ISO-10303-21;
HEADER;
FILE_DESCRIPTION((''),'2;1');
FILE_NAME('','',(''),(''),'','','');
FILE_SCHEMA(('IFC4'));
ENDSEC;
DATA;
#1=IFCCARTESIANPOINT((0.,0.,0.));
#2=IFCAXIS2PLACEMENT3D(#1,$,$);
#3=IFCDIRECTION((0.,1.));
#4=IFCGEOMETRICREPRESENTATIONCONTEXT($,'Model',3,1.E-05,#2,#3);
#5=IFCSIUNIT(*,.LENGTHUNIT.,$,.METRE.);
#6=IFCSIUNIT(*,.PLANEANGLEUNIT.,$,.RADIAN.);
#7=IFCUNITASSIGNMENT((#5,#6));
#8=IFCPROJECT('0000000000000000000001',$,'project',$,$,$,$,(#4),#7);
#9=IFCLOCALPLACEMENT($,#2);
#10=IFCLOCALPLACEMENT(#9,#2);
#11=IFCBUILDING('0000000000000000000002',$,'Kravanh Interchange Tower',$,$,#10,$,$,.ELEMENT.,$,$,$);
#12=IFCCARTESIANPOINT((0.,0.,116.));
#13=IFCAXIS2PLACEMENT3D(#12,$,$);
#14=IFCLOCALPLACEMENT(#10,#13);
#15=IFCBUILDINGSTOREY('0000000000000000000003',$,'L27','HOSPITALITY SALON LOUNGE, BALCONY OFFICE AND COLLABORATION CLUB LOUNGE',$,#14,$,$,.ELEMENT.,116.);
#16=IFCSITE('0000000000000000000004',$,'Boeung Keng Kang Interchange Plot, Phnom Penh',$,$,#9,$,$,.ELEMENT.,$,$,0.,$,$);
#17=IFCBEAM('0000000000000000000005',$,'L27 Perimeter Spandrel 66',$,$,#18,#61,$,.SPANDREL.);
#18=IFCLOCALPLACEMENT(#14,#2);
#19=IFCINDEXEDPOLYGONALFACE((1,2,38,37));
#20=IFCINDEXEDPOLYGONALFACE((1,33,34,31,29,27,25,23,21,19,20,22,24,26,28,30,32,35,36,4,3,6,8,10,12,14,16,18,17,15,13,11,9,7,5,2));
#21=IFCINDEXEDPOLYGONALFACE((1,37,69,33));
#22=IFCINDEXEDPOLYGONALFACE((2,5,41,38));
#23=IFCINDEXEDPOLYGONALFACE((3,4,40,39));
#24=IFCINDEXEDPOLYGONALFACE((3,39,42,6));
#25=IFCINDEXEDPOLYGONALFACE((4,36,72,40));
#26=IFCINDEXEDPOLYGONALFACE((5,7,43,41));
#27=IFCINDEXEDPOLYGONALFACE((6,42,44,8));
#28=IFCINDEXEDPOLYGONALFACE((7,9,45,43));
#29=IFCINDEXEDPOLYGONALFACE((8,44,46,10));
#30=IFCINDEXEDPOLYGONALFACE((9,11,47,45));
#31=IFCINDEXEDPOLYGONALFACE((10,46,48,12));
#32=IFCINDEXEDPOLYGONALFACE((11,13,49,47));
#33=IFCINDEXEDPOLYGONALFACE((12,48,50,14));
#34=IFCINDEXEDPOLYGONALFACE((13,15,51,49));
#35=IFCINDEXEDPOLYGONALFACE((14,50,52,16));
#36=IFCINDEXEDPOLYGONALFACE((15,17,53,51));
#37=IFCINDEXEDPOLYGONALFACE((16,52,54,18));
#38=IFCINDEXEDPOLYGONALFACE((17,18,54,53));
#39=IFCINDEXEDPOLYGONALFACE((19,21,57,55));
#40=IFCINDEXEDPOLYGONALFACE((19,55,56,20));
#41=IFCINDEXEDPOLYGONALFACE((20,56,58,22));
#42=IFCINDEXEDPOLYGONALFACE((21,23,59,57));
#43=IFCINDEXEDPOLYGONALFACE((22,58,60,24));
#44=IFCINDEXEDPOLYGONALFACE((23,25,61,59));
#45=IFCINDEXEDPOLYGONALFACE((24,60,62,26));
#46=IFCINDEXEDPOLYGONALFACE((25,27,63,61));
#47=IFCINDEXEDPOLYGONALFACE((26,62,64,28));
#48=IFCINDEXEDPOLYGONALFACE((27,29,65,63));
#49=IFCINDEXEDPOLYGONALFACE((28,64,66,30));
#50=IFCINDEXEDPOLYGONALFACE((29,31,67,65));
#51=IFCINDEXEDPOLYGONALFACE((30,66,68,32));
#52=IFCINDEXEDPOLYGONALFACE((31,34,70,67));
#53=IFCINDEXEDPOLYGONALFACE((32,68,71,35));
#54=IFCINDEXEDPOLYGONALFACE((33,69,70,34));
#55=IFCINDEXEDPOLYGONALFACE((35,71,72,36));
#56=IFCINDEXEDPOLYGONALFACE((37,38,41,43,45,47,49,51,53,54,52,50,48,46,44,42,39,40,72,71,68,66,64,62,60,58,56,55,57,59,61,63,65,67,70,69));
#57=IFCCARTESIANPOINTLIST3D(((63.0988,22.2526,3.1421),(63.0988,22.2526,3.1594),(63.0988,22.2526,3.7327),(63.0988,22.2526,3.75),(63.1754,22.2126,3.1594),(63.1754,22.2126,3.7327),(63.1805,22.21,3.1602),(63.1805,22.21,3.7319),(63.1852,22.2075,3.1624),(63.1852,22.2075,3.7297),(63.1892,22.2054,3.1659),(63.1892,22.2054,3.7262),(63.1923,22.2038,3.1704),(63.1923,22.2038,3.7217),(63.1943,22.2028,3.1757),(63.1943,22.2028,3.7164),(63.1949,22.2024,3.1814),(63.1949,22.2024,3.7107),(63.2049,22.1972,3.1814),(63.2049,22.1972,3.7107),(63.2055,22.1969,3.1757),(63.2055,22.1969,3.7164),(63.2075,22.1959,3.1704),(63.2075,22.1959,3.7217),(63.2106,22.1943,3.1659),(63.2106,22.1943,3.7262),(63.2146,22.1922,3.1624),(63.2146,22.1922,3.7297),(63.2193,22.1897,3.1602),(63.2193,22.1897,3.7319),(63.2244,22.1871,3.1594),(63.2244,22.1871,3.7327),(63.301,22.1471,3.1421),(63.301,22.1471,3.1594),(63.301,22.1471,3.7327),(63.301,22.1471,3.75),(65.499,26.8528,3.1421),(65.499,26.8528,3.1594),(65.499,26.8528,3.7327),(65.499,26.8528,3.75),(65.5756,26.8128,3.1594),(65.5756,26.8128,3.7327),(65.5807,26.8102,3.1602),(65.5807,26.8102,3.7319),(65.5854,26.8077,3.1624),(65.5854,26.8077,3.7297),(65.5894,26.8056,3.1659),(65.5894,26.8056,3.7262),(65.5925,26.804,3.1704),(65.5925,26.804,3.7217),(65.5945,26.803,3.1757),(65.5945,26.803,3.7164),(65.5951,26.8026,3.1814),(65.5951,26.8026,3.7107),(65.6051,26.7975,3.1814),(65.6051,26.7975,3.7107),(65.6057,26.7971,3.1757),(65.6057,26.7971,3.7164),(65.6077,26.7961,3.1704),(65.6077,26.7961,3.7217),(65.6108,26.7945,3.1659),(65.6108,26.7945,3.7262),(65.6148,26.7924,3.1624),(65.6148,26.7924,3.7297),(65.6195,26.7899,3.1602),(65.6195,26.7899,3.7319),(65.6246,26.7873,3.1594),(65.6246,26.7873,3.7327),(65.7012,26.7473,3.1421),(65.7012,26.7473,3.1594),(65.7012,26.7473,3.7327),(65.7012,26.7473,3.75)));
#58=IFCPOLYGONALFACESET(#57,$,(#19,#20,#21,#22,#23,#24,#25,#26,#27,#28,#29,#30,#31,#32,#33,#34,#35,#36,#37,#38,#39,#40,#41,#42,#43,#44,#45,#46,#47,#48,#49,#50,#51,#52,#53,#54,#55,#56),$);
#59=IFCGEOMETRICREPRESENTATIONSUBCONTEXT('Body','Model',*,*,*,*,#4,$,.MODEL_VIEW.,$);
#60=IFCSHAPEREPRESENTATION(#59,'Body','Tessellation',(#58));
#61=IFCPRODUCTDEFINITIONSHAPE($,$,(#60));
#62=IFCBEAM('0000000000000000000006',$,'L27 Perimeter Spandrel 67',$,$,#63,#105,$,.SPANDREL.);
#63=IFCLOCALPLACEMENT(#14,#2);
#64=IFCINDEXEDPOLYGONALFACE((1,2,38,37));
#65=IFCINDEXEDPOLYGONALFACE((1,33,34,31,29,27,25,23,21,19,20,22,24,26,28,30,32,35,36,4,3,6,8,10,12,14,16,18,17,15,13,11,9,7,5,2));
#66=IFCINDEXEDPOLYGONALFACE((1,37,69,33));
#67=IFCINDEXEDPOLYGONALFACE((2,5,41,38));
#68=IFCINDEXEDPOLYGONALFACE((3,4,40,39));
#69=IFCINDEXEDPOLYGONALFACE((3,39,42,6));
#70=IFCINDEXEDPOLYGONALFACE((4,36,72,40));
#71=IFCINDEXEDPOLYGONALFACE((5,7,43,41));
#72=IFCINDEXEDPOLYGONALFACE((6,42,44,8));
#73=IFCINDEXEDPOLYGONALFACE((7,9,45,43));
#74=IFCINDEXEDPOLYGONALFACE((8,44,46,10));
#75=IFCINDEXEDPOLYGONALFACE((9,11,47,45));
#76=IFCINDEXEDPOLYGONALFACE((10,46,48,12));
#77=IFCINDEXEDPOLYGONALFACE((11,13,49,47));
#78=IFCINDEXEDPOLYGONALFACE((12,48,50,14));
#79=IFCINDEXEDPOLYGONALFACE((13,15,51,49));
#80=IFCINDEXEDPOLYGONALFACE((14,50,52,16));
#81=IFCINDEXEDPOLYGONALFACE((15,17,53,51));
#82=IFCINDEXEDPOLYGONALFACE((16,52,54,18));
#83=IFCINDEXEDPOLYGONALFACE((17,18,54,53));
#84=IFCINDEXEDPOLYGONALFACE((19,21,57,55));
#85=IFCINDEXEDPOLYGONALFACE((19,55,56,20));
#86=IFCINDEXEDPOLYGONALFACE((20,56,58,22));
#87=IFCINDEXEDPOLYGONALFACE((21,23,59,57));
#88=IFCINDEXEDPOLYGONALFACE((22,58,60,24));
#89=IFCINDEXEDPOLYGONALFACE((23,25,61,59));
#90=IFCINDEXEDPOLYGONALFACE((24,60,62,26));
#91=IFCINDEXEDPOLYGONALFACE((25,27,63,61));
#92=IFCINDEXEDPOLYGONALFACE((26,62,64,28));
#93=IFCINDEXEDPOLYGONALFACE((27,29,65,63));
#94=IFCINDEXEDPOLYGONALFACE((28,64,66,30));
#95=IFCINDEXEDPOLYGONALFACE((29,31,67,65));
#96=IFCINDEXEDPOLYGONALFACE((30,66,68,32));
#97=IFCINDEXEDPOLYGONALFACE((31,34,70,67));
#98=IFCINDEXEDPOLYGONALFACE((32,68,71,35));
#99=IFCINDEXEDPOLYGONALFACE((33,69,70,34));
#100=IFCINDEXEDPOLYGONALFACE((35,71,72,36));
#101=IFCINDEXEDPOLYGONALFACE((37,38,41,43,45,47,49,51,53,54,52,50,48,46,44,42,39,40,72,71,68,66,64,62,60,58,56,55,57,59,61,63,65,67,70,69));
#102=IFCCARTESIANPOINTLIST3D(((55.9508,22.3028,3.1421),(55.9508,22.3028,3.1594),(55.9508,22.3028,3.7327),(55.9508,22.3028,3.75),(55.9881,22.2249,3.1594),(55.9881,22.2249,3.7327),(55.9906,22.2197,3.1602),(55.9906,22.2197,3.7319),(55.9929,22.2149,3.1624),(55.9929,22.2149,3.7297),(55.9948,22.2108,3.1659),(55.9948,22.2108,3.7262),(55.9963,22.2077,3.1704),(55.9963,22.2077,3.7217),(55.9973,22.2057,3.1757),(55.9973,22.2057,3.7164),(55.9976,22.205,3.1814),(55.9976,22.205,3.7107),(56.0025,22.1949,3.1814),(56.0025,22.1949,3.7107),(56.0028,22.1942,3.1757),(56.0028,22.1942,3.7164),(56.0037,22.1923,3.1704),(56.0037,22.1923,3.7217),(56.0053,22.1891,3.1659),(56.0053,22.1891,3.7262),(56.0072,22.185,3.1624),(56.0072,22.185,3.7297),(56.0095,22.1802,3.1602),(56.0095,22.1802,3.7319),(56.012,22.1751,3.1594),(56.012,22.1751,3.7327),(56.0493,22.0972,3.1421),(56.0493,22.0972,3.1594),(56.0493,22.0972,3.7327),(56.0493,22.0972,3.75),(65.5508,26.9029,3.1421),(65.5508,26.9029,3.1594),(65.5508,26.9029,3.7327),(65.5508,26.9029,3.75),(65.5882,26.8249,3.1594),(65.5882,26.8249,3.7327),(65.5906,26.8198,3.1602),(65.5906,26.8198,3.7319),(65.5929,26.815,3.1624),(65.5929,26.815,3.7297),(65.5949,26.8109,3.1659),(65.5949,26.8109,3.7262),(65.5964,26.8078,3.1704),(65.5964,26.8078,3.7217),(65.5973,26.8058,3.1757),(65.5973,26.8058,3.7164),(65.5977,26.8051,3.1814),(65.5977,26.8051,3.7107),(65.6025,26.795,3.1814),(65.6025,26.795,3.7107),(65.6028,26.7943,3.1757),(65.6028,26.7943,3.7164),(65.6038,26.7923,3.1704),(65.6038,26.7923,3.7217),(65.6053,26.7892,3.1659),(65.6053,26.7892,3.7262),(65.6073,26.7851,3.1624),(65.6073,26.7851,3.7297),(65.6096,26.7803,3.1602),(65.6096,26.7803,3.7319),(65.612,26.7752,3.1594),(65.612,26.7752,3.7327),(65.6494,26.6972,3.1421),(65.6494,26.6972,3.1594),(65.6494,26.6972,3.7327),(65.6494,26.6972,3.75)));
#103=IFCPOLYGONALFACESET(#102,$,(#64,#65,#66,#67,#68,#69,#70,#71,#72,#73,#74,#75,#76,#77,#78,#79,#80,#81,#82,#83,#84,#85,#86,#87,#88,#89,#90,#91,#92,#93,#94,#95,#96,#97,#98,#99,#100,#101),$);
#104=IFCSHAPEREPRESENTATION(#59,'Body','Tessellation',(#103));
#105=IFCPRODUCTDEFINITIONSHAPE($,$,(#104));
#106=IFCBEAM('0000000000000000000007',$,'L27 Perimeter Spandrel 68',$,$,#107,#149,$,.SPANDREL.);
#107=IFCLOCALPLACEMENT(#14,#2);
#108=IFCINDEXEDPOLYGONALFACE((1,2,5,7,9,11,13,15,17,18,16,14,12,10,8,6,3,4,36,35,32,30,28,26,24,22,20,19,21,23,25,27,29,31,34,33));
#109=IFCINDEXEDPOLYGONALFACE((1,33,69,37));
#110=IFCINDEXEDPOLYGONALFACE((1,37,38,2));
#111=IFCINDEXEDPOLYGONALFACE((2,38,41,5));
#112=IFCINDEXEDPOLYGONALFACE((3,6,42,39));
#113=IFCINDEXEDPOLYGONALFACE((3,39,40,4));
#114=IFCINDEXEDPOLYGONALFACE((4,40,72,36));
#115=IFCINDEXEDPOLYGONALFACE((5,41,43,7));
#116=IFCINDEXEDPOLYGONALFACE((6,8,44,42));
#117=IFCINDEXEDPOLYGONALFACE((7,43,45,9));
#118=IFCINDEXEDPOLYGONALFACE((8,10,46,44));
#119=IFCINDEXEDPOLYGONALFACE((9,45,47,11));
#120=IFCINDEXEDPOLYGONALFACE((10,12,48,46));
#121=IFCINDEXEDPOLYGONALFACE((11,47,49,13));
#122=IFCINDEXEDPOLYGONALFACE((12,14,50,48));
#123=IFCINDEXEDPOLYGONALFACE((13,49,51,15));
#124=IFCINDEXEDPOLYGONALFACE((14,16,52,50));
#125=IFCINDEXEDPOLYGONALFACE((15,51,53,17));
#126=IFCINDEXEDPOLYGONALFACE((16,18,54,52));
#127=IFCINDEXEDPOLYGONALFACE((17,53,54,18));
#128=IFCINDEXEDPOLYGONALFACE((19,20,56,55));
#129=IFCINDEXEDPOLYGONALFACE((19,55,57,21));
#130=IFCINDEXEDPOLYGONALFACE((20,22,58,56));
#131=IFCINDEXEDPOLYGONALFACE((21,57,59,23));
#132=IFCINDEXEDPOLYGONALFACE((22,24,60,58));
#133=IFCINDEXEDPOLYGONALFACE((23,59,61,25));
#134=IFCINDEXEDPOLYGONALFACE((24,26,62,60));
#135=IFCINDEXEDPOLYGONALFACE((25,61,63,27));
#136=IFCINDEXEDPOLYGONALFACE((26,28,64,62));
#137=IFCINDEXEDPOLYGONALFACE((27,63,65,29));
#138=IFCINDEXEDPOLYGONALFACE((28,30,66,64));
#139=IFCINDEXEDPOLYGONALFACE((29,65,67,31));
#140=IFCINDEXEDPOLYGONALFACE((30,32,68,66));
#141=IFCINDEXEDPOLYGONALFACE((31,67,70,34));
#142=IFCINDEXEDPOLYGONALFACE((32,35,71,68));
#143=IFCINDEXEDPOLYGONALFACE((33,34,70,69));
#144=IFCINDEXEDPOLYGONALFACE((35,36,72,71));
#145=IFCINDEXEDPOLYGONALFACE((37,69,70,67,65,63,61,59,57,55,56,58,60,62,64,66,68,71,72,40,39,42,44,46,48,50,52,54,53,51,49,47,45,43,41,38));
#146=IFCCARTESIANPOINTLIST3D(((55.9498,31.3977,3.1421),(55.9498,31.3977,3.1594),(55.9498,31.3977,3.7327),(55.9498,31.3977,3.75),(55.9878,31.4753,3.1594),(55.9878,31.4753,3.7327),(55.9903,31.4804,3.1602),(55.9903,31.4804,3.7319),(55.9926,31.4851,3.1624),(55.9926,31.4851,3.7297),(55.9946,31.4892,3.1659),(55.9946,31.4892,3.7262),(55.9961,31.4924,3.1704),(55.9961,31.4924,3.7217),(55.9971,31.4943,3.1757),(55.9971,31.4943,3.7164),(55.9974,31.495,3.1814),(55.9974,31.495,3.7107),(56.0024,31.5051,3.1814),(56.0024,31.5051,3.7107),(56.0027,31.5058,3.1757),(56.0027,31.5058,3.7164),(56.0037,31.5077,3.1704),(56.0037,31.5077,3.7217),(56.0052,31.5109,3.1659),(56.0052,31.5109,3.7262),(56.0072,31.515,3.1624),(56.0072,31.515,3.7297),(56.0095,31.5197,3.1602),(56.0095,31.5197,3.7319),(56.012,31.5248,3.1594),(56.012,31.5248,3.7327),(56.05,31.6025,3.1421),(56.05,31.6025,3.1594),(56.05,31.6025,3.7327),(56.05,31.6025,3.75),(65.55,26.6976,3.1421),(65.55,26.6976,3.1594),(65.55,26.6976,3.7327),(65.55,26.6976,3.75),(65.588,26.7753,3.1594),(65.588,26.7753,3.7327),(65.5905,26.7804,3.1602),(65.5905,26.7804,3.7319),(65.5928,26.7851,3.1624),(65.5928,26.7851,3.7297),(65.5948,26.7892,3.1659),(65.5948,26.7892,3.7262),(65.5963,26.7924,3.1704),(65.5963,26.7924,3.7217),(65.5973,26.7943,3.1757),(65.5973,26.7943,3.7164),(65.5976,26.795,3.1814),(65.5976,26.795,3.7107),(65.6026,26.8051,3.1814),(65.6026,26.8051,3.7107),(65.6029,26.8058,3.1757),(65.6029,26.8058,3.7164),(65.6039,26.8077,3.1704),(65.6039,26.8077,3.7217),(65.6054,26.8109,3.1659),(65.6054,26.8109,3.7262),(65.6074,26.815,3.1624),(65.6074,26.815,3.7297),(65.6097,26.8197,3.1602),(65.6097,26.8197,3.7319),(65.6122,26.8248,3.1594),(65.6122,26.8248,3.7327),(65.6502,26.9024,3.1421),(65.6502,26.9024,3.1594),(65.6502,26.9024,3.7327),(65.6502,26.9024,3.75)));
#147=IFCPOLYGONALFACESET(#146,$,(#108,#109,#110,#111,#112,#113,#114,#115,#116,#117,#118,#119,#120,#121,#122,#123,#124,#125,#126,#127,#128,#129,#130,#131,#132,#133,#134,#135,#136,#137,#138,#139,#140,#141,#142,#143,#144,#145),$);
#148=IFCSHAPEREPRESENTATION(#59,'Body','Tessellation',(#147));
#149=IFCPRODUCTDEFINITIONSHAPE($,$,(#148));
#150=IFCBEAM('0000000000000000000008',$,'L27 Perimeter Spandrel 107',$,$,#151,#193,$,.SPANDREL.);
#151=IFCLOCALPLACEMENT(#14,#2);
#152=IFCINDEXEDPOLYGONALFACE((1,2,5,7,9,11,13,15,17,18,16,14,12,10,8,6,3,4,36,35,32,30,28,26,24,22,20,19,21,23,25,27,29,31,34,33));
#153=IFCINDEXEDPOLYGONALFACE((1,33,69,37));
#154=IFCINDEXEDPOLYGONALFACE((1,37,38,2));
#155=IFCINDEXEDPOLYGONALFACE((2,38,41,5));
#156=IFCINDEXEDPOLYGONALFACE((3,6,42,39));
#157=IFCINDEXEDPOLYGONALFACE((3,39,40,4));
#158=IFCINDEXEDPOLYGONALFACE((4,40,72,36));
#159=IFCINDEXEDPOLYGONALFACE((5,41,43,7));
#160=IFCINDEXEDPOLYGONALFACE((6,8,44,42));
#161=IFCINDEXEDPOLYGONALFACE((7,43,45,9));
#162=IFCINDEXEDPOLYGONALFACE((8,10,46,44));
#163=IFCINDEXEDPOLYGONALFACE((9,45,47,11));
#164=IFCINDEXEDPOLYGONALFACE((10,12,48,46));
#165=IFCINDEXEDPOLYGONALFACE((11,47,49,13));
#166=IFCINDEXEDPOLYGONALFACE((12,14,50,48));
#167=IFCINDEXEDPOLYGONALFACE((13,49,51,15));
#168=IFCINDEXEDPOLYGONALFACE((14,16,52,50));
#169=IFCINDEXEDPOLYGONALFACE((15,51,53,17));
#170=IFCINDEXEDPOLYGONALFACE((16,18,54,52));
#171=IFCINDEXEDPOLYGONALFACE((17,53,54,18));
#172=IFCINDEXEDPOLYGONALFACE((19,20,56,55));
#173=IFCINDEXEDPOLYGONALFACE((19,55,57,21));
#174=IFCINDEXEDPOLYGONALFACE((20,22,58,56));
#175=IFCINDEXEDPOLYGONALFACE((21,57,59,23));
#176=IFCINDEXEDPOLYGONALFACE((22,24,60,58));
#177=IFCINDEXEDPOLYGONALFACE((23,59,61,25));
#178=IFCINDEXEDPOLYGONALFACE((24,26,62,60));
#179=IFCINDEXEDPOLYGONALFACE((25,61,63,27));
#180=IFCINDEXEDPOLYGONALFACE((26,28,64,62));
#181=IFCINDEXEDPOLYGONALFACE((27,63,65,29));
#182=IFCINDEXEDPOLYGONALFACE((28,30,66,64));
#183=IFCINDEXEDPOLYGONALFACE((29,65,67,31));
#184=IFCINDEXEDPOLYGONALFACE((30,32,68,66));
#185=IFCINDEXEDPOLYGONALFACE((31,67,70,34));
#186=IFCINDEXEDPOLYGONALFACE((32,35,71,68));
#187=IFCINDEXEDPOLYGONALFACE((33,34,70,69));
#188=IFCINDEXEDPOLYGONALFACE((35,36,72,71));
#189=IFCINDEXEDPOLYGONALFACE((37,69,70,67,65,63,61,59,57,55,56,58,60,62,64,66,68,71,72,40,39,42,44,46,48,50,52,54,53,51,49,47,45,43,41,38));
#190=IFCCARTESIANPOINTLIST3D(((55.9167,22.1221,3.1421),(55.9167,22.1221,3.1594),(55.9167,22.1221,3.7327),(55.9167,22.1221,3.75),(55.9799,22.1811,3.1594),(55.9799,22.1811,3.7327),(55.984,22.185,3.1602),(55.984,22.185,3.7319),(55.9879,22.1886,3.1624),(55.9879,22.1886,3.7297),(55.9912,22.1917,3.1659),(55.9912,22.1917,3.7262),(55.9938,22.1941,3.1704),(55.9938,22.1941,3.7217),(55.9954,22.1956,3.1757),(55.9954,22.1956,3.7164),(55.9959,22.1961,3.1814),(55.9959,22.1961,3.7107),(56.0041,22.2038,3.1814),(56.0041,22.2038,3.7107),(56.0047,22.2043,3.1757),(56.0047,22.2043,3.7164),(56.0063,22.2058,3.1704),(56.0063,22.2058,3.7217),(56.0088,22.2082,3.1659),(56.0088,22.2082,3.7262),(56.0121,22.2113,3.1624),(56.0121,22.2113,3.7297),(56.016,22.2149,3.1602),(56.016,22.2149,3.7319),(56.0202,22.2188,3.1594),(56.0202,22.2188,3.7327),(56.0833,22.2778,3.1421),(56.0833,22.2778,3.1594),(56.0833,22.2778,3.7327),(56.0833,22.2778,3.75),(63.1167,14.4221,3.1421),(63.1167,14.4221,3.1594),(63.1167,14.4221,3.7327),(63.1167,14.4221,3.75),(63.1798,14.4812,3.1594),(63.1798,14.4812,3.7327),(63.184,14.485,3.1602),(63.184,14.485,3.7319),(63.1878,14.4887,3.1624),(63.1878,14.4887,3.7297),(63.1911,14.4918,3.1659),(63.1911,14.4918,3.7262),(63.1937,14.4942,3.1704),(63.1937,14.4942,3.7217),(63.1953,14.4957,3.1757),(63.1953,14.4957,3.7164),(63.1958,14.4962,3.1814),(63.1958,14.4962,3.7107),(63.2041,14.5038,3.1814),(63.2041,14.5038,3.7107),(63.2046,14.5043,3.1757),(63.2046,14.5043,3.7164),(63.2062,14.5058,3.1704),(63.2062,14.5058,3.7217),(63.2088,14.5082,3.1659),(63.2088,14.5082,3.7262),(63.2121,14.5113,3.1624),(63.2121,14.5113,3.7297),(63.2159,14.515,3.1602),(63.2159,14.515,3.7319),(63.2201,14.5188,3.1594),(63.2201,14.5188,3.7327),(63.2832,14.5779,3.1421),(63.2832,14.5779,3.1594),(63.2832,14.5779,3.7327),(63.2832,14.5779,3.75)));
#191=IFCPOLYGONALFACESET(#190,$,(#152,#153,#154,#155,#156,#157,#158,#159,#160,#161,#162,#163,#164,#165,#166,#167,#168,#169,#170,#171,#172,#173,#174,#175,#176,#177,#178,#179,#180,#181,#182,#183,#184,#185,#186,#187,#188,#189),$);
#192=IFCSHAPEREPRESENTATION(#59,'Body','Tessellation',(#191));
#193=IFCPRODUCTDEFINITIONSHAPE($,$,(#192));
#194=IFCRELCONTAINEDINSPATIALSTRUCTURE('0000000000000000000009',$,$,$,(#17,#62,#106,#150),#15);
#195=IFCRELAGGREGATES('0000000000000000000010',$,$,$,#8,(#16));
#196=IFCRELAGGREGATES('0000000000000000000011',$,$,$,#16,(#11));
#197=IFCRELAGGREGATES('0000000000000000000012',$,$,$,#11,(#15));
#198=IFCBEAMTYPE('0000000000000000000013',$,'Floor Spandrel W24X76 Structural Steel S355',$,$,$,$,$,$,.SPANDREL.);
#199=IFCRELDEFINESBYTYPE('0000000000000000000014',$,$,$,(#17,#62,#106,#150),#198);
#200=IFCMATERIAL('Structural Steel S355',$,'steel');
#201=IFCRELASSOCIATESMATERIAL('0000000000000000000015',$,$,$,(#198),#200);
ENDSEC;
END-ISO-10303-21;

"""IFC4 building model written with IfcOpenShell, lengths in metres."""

from ifc_helpers import new_model, si_unit, direction, frame, origin, origin_2d, place, context, subcontext, project, spatial, i_section, extrude, material, material_profile, profile_set, type_object, element, save


model = new_model("IFC4")

# Units and contexts
model_context = context("Model", 3, precision=1e-05, world=origin(), true_north=direction((0.0, 1.0)))
body_context = subcontext(model_context, "Body", "Model", "MODEL_VIEW")
ifc_project = project(units=[si_unit("LENGTHUNIT", "METRE"), si_unit("PLANEANGLEUNIT", "RADIAN")], contexts=[model_context])

# Site, building, storey
site_placement = place(None, origin())
site = spatial("IfcSite", under=ifc_project, at=site_placement, Name="Boeung Keng Kang Interchange Plot, Phnom Penh", CompositionType="ELEMENT", RefElevation=0.0)
building_placement = place(site_placement, origin())
building = spatial("IfcBuilding", under=site, at=building_placement, Name="Kravanh Interchange Tower", CompositionType="ELEMENT")
storey_placement = place(building_placement, frame((0.0, 0.0, 116.0)))
storey = spatial("IfcBuildingStorey", under=building, at=storey_placement, Name="L27", Description="HOSPITALITY SALON LOUNGE, BALCONY OFFICE AND COLLABORATION CLUB LOUNGE", CompositionType="ELEMENT", Elevation=116.0)

# Beams
ifc_material_1 = material(Name="Structural Steel S355", Category="steel")
ifc_material_profile_1 = material_profile(ifc_material_1, i_section(OverallWidth=0.228, OverallDepth=0.6079, WebThickness=0.0112, FlangeThickness=0.0173, FilletRadius=0.022, at=origin_2d()), Name="W24X76")
ifc_profile_set_1 = profile_set([ifc_material_profile_1], Name="Structural Steel S355")
beam_type_1 = type_object("IfcBeamType", Name="Floor Spandrel W24X76 Structural Steel S355", PredefinedType="SPANDREL", material=ifc_profile_set_1)
beam_1_placement = place(storey_placement, frame((65.6001, 26.8, 3.446), z_axis=(-0.46258, -0.886577, 0.0), x_axis=(0.886577, -0.46258, 0.0)))
element("IfcBeam", 1, at=beam_1_placement, inside=storey, type_object=beam_type_1, Name="L27 Perimeter Spandrel 66", PredefinedType="SPANDREL", context=body_context, shape_type="SweptSolid", body=[
    extrude(i_section(OverallWidth=0.228, OverallDepth=0.6079, WebThickness=0.0112, FlangeThickness=0.0173, FilletRadius=0.022, at=origin_2d()), origin(), (0.0, 0.0, 1.0), 5.1887),
])
beam_2_placement = place(storey_placement, frame((65.6001, 26.8, 3.446), z_axis=(-0.901814, -0.432124, 0.0), x_axis=(0.432124, -0.901814, 0.0)))
element("IfcBeam", 2, at=beam_2_placement, inside=storey, type_object=beam_type_1, Name="L27 Perimeter Spandrel 67", PredefinedType="SPANDREL", context=body_context, shape_type="SweptSolid", body=[
    extrude(i_section(OverallWidth=0.228, OverallDepth=0.6079, WebThickness=0.0112, FlangeThickness=0.0173, FilletRadius=0.022, at=origin_2d()), origin(), (0.0, 0.0, 1.0), 10.6453),
])
beam_3_placement = place(storey_placement, frame((65.6001, 26.8, 3.446), z_axis=(-0.898142, 0.439706, 0.0), x_axis=(-0.439706, -0.898142, 0.0)))
element("IfcBeam", 3, at=beam_3_placement, inside=storey, type_object=beam_type_1, Name="L27 Perimeter Spandrel 68", PredefinedType="SPANDREL", context=body_context, shape_type="SweptSolid", body=[
    extrude(i_section(OverallWidth=0.228, OverallDepth=0.6079, WebThickness=0.0112, FlangeThickness=0.0173, FilletRadius=0.022, at=origin_2d()), origin(), (0.0, 0.0, 1.0), 10.689),
])
beam_4_placement = place(storey_placement, frame((63.2, 14.5, 3.446), z_axis=(-0.682994, 0.730424, 0.0), x_axis=(-0.730424, -0.682994, 0.0)))
element("IfcBeam", 4, at=beam_4_placement, inside=storey, type_object=beam_type_1, Name="L27 Perimeter Spandrel 107", PredefinedType="SPANDREL", context=body_context, shape_type="SweptSolid", body=[
    extrude(i_section(OverallWidth=0.228, OverallDepth=0.6079, WebThickness=0.0112, FlangeThickness=0.0173, FilletRadius=0.022, at=origin_2d()), origin(), (0.0, 0.0, 1.0), 10.5417),
])

save(model, "model.ifc")
